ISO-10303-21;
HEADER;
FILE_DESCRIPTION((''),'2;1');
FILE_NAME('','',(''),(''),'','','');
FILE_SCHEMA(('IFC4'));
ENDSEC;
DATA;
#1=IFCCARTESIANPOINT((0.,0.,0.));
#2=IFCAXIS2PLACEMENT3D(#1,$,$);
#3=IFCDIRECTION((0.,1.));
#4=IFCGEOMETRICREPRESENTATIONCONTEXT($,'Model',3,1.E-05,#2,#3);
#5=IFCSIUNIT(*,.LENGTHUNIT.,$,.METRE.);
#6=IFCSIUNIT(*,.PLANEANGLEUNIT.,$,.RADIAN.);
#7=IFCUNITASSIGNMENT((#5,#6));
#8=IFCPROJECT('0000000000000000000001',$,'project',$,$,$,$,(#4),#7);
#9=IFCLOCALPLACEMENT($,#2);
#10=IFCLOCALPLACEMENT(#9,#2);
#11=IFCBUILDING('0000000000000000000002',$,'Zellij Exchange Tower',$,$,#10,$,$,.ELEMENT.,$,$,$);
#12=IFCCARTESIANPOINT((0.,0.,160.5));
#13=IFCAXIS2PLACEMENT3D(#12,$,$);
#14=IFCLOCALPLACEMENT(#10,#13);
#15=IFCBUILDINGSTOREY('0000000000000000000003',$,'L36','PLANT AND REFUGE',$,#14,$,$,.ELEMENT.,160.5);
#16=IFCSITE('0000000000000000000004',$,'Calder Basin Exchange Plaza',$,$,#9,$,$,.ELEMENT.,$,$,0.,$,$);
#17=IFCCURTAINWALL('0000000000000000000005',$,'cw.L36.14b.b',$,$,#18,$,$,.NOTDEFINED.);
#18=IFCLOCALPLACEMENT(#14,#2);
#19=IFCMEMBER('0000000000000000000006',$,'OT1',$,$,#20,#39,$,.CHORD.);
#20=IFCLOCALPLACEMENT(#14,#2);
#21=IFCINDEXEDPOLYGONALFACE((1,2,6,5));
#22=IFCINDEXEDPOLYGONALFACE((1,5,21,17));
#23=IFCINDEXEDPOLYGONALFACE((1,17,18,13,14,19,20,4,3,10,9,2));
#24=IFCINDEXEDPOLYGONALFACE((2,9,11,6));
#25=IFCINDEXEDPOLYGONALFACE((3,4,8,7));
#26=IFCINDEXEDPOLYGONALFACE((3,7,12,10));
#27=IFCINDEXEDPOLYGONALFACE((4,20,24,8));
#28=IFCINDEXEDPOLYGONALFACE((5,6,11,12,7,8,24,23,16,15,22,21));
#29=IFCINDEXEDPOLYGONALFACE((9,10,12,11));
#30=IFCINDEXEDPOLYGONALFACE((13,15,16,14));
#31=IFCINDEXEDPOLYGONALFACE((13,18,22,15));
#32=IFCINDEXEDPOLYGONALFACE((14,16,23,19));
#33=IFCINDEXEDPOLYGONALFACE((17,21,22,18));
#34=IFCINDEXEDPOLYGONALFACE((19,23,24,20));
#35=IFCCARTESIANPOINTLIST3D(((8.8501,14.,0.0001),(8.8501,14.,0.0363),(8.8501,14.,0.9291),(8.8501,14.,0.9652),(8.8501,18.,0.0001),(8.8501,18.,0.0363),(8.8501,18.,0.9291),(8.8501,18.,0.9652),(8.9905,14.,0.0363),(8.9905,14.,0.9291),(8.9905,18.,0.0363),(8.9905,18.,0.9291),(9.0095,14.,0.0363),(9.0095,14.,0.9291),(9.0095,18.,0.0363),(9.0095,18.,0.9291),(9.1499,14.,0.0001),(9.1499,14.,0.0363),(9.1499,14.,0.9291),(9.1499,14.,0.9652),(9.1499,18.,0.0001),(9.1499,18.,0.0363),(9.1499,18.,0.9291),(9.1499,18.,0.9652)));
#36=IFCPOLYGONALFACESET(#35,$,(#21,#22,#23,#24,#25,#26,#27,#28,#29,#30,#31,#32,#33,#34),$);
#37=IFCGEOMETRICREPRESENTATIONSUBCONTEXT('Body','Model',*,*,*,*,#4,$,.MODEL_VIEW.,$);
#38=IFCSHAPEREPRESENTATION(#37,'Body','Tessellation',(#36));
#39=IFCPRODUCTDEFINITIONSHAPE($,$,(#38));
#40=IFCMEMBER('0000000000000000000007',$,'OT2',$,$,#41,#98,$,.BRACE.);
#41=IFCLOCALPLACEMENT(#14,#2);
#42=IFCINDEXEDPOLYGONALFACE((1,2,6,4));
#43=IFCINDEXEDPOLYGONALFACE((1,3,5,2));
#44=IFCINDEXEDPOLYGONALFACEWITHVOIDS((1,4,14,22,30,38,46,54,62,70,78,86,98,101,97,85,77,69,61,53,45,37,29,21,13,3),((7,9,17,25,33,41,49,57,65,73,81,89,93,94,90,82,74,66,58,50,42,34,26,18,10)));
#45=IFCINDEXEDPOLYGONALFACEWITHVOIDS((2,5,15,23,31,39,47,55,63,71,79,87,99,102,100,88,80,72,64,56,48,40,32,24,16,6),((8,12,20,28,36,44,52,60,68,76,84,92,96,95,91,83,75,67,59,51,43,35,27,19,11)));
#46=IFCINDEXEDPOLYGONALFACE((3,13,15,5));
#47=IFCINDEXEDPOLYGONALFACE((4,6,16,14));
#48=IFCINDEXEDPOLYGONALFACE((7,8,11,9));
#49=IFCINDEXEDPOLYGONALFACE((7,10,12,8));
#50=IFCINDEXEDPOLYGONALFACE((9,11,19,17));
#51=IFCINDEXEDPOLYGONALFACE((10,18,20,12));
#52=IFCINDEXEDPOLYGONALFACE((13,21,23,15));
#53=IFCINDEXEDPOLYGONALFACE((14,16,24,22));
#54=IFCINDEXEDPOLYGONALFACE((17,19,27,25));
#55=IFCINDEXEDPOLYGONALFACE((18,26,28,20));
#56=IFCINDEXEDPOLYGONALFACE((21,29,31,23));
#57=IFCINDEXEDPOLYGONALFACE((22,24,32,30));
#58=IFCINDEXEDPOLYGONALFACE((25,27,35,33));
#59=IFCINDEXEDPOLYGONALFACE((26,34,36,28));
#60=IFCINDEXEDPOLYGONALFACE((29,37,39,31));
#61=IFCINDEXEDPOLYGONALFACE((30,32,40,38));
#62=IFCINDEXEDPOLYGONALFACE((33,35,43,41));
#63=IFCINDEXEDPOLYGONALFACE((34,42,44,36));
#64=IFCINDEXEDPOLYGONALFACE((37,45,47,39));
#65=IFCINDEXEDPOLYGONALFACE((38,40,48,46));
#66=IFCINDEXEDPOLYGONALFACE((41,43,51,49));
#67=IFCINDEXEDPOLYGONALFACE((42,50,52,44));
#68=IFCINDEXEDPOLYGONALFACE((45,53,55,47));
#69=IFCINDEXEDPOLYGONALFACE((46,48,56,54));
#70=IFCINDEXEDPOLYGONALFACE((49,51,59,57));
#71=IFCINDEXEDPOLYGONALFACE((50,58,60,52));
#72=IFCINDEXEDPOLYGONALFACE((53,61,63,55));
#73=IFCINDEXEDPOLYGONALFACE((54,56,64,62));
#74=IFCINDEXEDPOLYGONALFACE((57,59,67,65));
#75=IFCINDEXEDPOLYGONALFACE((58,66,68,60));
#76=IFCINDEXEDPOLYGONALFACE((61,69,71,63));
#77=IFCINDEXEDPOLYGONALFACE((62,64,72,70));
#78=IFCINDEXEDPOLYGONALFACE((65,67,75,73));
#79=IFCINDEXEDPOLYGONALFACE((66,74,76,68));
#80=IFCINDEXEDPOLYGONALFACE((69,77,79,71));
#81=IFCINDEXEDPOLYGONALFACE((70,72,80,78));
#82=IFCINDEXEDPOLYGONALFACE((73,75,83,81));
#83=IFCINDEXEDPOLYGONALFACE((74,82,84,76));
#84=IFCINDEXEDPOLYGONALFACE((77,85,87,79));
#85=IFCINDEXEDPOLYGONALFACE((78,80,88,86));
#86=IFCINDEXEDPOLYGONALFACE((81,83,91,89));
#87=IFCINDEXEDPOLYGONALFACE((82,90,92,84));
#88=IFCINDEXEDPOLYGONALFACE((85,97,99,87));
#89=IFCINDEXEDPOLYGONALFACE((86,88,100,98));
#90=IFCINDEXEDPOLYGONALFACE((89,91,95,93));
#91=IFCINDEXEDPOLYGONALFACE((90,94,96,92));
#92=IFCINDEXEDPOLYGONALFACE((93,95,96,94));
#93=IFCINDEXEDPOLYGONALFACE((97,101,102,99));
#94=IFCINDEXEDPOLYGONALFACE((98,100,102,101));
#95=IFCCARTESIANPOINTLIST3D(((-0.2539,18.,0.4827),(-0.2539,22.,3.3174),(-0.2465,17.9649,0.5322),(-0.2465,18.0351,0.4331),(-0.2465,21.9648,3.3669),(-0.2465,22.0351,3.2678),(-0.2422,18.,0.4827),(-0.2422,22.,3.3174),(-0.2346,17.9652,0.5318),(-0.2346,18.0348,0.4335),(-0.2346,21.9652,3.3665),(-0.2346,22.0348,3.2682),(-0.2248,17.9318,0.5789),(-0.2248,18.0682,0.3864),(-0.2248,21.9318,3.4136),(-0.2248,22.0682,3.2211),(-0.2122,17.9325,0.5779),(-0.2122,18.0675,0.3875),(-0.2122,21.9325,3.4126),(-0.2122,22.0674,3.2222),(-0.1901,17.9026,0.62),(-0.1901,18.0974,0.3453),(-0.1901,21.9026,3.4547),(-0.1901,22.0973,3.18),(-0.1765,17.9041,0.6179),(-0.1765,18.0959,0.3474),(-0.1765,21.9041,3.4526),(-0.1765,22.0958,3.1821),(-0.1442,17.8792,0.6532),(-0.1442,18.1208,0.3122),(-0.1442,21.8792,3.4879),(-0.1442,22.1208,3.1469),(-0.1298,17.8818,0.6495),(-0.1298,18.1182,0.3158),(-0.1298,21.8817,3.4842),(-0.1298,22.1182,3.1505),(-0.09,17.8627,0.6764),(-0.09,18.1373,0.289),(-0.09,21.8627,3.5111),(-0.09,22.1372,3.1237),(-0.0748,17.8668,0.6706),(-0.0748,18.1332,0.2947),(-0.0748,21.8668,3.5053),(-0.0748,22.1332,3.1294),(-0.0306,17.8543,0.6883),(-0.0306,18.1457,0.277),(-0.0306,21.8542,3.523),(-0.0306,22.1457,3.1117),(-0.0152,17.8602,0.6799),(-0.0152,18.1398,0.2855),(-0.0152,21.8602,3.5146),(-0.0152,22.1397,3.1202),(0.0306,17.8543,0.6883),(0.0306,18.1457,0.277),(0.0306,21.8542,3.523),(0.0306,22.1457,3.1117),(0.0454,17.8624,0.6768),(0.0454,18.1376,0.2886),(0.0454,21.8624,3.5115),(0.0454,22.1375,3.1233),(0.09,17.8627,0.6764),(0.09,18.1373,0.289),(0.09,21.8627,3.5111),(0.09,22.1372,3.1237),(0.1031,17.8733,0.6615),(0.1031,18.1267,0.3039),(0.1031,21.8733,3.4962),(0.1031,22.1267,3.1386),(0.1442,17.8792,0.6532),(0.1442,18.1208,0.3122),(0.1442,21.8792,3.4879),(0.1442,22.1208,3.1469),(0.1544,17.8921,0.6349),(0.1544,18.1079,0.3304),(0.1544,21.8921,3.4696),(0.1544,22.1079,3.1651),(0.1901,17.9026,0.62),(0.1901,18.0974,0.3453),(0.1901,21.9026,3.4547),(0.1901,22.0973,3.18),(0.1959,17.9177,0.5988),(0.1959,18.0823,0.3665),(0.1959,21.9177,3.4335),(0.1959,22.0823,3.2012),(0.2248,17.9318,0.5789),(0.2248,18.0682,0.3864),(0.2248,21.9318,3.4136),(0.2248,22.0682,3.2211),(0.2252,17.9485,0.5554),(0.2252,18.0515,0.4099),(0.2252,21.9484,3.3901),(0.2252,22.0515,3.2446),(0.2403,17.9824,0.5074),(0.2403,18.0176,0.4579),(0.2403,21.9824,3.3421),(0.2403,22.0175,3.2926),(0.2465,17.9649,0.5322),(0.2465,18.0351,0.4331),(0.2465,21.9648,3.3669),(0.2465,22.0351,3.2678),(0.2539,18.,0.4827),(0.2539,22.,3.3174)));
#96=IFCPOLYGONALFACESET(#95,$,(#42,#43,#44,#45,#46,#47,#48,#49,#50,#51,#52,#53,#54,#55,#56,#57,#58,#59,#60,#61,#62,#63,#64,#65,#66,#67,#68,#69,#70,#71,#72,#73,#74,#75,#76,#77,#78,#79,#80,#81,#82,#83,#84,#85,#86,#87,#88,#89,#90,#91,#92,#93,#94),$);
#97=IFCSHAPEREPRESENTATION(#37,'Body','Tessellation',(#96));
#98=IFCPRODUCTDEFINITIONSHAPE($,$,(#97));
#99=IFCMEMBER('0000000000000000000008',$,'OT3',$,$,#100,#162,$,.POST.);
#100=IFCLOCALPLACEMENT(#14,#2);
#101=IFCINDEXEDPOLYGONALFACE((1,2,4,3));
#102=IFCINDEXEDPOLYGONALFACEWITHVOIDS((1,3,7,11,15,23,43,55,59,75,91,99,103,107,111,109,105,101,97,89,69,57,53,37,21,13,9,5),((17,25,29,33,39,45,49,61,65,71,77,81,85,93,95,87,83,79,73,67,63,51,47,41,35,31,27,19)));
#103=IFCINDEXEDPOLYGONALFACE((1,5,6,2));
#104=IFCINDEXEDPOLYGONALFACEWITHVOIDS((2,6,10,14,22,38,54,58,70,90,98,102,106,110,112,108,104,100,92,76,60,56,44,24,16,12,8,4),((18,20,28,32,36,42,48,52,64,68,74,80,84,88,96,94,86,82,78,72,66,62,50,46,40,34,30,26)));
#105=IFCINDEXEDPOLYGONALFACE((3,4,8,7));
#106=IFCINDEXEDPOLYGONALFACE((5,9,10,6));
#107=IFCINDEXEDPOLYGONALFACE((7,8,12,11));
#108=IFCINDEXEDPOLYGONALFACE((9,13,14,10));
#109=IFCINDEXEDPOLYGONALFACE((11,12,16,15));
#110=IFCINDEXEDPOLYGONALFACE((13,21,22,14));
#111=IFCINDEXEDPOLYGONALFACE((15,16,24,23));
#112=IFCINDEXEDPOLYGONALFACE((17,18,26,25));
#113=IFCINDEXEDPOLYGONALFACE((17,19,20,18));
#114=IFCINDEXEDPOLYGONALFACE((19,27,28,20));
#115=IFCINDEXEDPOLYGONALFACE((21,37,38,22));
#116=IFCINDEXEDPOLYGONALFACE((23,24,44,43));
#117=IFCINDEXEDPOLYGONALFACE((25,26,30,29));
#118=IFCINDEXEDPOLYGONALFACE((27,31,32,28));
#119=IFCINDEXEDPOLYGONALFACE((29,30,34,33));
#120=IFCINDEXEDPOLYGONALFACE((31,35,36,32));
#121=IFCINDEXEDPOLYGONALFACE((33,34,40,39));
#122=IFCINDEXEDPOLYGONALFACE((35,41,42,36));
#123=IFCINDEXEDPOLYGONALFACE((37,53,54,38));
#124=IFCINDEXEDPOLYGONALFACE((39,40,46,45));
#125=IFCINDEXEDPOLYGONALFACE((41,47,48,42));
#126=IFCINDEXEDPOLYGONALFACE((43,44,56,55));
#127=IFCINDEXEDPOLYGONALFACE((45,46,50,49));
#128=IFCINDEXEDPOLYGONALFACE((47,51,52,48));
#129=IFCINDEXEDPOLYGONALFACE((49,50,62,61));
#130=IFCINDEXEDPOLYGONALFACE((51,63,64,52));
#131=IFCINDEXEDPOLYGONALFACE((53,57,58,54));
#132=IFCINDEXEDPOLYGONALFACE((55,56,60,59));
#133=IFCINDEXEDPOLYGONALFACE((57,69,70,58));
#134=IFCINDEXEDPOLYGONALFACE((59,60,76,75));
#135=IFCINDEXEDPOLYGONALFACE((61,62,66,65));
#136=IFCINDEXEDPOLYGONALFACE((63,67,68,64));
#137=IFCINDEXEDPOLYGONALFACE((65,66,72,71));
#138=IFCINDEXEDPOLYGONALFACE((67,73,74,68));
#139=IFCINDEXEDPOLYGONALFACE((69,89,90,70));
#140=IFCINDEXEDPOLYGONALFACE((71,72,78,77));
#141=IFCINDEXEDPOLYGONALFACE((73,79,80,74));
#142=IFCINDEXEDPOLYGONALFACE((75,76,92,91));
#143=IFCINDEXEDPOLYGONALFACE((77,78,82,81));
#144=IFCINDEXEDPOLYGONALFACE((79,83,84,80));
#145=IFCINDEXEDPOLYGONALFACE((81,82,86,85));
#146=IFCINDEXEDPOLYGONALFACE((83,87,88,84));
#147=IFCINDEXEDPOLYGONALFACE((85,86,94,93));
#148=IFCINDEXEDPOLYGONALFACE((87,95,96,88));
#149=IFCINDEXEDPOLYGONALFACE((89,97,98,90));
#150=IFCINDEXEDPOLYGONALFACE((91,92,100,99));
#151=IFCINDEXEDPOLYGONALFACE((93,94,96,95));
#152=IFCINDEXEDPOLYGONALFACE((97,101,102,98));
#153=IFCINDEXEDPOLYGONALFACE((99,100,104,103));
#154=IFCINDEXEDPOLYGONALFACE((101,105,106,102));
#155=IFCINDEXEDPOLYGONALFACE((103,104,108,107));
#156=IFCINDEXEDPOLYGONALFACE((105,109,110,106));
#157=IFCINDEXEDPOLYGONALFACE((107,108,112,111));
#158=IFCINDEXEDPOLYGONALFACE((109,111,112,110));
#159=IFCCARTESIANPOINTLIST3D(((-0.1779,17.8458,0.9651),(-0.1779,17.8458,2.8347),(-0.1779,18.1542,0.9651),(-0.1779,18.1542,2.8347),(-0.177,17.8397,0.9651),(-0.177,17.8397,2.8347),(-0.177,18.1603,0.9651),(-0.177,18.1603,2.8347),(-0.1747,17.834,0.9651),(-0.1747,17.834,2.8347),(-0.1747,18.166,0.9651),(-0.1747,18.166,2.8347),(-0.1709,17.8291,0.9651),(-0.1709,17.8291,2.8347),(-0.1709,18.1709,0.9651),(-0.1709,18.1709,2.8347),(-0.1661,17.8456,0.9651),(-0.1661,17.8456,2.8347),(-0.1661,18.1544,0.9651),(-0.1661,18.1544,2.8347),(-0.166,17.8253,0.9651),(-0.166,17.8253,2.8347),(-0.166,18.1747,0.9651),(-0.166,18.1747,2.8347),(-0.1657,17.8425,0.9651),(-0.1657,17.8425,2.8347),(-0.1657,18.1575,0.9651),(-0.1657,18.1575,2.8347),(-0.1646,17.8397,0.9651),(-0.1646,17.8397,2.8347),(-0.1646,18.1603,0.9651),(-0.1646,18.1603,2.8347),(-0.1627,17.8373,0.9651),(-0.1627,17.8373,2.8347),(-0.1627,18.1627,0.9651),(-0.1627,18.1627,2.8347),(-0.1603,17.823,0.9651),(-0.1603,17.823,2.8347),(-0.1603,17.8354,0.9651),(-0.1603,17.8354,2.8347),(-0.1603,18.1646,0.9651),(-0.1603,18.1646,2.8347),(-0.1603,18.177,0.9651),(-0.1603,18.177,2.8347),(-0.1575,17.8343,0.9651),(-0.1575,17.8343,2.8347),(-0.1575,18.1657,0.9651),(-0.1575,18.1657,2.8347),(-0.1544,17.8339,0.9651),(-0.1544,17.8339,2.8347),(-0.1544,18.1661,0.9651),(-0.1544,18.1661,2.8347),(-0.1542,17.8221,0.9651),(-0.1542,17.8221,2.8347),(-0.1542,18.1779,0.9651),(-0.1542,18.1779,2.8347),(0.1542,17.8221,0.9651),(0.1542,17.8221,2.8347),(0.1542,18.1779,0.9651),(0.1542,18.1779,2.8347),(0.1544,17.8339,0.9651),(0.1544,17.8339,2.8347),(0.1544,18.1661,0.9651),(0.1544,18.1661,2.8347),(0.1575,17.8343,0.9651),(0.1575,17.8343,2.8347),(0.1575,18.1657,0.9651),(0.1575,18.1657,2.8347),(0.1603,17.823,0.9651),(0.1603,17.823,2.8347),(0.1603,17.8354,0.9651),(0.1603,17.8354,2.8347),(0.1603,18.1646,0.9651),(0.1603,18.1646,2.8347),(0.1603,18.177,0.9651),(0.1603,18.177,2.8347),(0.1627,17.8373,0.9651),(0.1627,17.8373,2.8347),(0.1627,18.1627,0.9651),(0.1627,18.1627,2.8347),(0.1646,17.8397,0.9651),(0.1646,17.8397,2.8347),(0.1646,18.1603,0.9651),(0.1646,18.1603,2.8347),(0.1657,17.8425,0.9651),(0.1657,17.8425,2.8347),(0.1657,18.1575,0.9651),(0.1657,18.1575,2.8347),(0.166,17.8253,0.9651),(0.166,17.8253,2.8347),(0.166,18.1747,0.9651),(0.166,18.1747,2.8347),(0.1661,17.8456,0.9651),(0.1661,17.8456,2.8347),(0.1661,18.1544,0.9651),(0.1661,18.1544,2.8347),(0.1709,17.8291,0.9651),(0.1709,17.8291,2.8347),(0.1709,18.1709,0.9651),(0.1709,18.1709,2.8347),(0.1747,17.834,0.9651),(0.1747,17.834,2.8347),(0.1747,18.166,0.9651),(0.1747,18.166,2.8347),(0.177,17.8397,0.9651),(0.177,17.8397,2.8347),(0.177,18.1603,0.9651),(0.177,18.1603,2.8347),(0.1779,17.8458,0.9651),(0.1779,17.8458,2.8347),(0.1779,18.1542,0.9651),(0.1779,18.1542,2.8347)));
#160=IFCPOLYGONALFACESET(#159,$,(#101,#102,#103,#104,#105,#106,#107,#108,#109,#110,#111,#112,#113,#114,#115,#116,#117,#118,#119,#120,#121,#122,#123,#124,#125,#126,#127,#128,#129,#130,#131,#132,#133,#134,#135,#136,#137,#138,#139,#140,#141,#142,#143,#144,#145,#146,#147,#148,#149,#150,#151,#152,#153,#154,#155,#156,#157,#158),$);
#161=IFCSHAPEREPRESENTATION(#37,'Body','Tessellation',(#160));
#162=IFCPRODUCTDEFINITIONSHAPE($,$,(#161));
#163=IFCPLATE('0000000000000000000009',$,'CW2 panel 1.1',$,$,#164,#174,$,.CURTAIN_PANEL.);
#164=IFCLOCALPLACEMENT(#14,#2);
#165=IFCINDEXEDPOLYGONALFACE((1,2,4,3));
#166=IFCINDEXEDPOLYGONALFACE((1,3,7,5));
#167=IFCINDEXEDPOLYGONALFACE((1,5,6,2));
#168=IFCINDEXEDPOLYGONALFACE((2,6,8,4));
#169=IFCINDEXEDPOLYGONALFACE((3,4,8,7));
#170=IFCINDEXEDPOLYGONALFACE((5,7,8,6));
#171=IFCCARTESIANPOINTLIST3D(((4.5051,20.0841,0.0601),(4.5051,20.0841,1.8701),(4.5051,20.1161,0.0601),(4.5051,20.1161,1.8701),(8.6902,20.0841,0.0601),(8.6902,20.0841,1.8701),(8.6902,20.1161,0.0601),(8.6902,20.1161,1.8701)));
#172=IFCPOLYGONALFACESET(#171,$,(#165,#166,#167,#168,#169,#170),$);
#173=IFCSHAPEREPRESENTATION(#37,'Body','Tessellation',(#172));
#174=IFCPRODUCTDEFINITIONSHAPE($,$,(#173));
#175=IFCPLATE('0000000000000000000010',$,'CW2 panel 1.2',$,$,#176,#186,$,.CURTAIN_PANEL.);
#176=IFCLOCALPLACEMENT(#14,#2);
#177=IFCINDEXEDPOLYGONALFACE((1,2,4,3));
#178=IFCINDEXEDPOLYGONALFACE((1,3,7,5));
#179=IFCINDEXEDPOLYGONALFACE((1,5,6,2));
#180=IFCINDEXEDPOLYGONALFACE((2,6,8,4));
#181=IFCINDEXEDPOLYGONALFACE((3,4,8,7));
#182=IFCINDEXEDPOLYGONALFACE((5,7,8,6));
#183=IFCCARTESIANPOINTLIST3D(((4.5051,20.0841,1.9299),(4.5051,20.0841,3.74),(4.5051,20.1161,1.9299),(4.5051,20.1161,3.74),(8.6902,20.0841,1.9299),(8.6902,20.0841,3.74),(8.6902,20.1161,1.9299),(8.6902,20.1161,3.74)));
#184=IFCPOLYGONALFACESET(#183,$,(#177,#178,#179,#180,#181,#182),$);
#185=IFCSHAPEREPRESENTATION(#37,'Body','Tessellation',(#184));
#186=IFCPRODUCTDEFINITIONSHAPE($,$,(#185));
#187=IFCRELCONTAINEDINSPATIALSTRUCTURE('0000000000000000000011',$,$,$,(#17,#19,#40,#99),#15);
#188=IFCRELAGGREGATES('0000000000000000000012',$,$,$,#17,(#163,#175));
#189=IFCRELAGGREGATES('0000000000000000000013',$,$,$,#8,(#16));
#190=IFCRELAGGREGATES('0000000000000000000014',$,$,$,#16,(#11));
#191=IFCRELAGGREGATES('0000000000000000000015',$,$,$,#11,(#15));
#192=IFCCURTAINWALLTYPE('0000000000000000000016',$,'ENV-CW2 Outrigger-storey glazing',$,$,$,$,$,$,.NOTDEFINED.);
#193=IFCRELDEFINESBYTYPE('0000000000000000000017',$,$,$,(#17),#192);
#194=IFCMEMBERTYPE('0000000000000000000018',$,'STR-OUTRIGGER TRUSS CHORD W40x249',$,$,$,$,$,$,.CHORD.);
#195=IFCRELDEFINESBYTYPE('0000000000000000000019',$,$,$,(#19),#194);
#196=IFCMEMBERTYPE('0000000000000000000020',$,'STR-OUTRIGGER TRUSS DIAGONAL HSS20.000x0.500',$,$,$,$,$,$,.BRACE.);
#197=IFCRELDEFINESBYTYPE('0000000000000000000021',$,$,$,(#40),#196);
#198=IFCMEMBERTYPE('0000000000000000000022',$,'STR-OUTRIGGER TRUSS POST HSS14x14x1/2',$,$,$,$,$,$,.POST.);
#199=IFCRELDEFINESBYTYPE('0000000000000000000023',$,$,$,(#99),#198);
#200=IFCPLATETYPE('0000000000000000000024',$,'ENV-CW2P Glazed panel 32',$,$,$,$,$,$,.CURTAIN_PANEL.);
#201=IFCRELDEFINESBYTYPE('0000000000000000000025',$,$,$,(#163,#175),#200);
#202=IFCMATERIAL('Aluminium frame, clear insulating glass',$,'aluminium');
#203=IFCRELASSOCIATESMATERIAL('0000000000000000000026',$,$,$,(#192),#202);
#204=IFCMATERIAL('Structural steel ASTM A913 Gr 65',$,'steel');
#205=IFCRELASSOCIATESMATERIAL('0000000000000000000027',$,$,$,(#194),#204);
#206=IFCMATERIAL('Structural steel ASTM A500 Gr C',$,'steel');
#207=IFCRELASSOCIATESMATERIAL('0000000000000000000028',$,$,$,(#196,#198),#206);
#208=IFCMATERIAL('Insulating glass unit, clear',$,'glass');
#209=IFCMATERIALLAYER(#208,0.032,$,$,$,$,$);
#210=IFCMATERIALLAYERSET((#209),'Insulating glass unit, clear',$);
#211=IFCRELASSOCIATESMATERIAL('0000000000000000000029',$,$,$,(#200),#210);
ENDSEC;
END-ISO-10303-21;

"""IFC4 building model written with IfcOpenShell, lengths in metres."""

from ifc_helpers import new_model, si_unit, direction, frame, origin, origin_2d, place, context, subcontext, project, spatial, rectangle, hollow_rectangle, hollow_circle, i_section, extrude, material, layer, layer_set, material_profile, profile_set, type_object, element, aggregate, save


model = new_model("IFC4")

# Units and contexts
model_context = context("Model", 3, precision=1e-05, world=origin(), true_north=direction((0.0, 1.0)))
body_context = subcontext(model_context, "Body", "Model", "MODEL_VIEW")
ifc_project = project(units=[si_unit("LENGTHUNIT", "METRE"), si_unit("PLANEANGLEUNIT", "RADIAN")], contexts=[model_context])

# Site, building, storey
site_placement = place(None, origin())
site = spatial("IfcSite", under=ifc_project, at=site_placement, Name="Calder Basin Exchange Plaza", CompositionType="ELEMENT", RefElevation=0.0)
building_placement = place(site_placement, origin())
building = spatial("IfcBuilding", under=site, at=building_placement, Name="Zellij Exchange Tower", CompositionType="ELEMENT")
storey_placement = place(building_placement, frame((0.0, 0.0, 160.5)))
storey = spatial("IfcBuildingStorey", under=building, at=storey_placement, Name="L36", Description="PLANT AND REFUGE", CompositionType="ELEMENT", Elevation=160.5)

# Shared definitions
ifc_material_1 = material(Name="Structural steel ASTM A913 Gr 65", Category="steel")

# Curtain wall
ifc_material_2 = material(Name="Aluminium frame, clear insulating glass", Category="aluminium")
curtain_wall_type = type_object("IfcCurtainWallType", Name="ENV-CW2 Outrigger-storey glazing", PredefinedType="NOTDEFINED", material=ifc_material_2)
curtain_wall_placement = place(storey_placement, origin())
curtain_wall = element("IfcCurtainWall", 1, at=curtain_wall_placement, inside=storey, type_object=curtain_wall_type, Name="cw.L36.14b.b", PredefinedType="NOTDEFINED")

# Members
ifc_material_profile_1 = material_profile(ifc_material_1, i_section(OverallWidth=0.2998, OverallDepth=0.9651, WebThickness=0.019, FlangeThickness=0.0361, at=origin_2d()), Name="W40x249")
ifc_profile_set_1 = profile_set([ifc_material_profile_1], Name="Structural steel ASTM A913 Gr 65")
member_type_1 = type_object("IfcMemberType", Name="STR-OUTRIGGER TRUSS CHORD W40x249", PredefinedType="CHORD", material=ifc_profile_set_1)
for number, where, z_axis, x_axis, name in (
    (2, (9.0, 14.0, 0.4827), (0.0, 1.0, 0.0), (-1.0, 0.0, 0.0), "OT1"),
):
    element("IfcMember", number, at=place(storey_placement, frame(where, z_axis=z_axis, x_axis=x_axis)), inside=storey, type_object=member_type_1, Name=name, PredefinedType="CHORD", context=body_context, shape_type="SweptSolid", body=[
        extrude(i_section(OverallWidth=0.2998, OverallDepth=0.9651, WebThickness=0.019, FlangeThickness=0.0361, at=origin_2d()), origin(), (0.0, 0.0, 1.0), 4.0),
    ])
ifc_material_3 = material(Name="Structural steel ASTM A500 Gr C", Category="steel")
ifc_material_profile_2 = material_profile(ifc_material_3, hollow_circle(Radius=0.2539, WallThickness=0.0117, at=origin_2d()), Name="STR-OUTRIGGER TRUSS DIAGONAL HSS20.000x0.500")
ifc_profile_set_2 = profile_set([ifc_material_profile_2], Name="Structural steel ASTM A500 Gr C")
member_type_2 = type_object("IfcMemberType", Name="STR-OUTRIGGER TRUSS DIAGONAL HSS20.000x0.500", PredefinedType="BRACE", material=ifc_profile_set_2)
member_1_placement = place(storey_placement, frame((0.0, 18.0, 0.4827), z_axis=(0.0, 0.815891, 0.578205), x_axis=(-1.0, 0.0, 0.0)))
element("IfcMember", 3, at=member_1_placement, inside=storey, type_object=member_type_2, Name="OT2", PredefinedType="BRACE", context=body_context, shape_type="SweptSolid", body=[
    extrude(hollow_circle(Radius=0.2539, WallThickness=0.0117, at=origin_2d()), origin(), (0.0, 0.0, 1.0), 4.9026),
])
ifc_material_profile_3 = material_profile(ifc_material_3, hollow_rectangle(XDim=0.3557, YDim=0.3557, WallThickness=0.0117, InnerFilletRadius=0.0117, OuterFilletRadius=0.0237, at=origin_2d()), Name="STR-OUTRIGGER TRUSS POST HSS14x14x1/2")
ifc_profile_set_3 = profile_set([ifc_material_profile_3], Name="Structural steel ASTM A500 Gr C")
member_type_3 = type_object("IfcMemberType", Name="STR-OUTRIGGER TRUSS POST HSS14x14x1/2", PredefinedType="POST", material=ifc_profile_set_3)
member_2_placement = place(storey_placement, frame((0.0, 18.0, 0.9651), z_axis=(0.0, 0.0, 1.0), x_axis=(1.0, 0.0, 0.0)))
element("IfcMember", 4, at=member_2_placement, inside=storey, type_object=member_type_3, Name="OT3", PredefinedType="POST", context=body_context, shape_type="SweptSolid", body=[
    extrude(hollow_rectangle(XDim=0.3557, YDim=0.3557, WallThickness=0.0117, InnerFilletRadius=0.0117, OuterFilletRadius=0.0237, at=origin_2d()), origin(), (0.0, 0.0, 1.0), 1.8696),
])

# Plates
ifc_material_4 = material(Name="Insulating glass unit, clear", Category="glass")
ifc_layer_1 = layer(ifc_material_4, 0.032)
ifc_layer_set_1 = layer_set([ifc_layer_1], Name="Insulating glass unit, clear")
plate_type = type_object("IfcPlateType", Name="ENV-CW2P Glazed panel 32", PredefinedType="CURTAIN_PANEL", material=ifc_layer_set_1)
plate_1_placement = place(storey_placement, frame((6.5977, 20.1001, 0.0601), z_axis=(0.0, 0.0, 1.0), x_axis=(-1.0, 0.0, 0.0)))
plate_1 = element("IfcPlate", 5, at=plate_1_placement, type_object=plate_type, Name="CW2 panel 1.1", PredefinedType="CURTAIN_PANEL", context=body_context, shape_type="SweptSolid", body=[
    extrude(rectangle(XDim=4.1851, YDim=0.032, at=origin_2d()), origin(), (0.0, 0.0, 1.0), 1.8101),
])
plate_2_placement = place(storey_placement, frame((6.5977, 20.1001, 1.9299), z_axis=(0.0, 0.0, 1.0), x_axis=(-1.0, 0.0, 0.0)))
plate_2 = element("IfcPlate", 6, at=plate_2_placement, type_object=plate_type, Name="CW2 panel 1.2", PredefinedType="CURTAIN_PANEL", context=body_context, shape_type="SweptSolid", body=[
    extrude(rectangle(XDim=4.1851, YDim=0.032, at=origin_2d()), origin(), (0.0, 0.0, 1.0), 1.8101),
])
aggregate(curtain_wall, [plate_1, plate_2])

save(model, "model.ifc")
